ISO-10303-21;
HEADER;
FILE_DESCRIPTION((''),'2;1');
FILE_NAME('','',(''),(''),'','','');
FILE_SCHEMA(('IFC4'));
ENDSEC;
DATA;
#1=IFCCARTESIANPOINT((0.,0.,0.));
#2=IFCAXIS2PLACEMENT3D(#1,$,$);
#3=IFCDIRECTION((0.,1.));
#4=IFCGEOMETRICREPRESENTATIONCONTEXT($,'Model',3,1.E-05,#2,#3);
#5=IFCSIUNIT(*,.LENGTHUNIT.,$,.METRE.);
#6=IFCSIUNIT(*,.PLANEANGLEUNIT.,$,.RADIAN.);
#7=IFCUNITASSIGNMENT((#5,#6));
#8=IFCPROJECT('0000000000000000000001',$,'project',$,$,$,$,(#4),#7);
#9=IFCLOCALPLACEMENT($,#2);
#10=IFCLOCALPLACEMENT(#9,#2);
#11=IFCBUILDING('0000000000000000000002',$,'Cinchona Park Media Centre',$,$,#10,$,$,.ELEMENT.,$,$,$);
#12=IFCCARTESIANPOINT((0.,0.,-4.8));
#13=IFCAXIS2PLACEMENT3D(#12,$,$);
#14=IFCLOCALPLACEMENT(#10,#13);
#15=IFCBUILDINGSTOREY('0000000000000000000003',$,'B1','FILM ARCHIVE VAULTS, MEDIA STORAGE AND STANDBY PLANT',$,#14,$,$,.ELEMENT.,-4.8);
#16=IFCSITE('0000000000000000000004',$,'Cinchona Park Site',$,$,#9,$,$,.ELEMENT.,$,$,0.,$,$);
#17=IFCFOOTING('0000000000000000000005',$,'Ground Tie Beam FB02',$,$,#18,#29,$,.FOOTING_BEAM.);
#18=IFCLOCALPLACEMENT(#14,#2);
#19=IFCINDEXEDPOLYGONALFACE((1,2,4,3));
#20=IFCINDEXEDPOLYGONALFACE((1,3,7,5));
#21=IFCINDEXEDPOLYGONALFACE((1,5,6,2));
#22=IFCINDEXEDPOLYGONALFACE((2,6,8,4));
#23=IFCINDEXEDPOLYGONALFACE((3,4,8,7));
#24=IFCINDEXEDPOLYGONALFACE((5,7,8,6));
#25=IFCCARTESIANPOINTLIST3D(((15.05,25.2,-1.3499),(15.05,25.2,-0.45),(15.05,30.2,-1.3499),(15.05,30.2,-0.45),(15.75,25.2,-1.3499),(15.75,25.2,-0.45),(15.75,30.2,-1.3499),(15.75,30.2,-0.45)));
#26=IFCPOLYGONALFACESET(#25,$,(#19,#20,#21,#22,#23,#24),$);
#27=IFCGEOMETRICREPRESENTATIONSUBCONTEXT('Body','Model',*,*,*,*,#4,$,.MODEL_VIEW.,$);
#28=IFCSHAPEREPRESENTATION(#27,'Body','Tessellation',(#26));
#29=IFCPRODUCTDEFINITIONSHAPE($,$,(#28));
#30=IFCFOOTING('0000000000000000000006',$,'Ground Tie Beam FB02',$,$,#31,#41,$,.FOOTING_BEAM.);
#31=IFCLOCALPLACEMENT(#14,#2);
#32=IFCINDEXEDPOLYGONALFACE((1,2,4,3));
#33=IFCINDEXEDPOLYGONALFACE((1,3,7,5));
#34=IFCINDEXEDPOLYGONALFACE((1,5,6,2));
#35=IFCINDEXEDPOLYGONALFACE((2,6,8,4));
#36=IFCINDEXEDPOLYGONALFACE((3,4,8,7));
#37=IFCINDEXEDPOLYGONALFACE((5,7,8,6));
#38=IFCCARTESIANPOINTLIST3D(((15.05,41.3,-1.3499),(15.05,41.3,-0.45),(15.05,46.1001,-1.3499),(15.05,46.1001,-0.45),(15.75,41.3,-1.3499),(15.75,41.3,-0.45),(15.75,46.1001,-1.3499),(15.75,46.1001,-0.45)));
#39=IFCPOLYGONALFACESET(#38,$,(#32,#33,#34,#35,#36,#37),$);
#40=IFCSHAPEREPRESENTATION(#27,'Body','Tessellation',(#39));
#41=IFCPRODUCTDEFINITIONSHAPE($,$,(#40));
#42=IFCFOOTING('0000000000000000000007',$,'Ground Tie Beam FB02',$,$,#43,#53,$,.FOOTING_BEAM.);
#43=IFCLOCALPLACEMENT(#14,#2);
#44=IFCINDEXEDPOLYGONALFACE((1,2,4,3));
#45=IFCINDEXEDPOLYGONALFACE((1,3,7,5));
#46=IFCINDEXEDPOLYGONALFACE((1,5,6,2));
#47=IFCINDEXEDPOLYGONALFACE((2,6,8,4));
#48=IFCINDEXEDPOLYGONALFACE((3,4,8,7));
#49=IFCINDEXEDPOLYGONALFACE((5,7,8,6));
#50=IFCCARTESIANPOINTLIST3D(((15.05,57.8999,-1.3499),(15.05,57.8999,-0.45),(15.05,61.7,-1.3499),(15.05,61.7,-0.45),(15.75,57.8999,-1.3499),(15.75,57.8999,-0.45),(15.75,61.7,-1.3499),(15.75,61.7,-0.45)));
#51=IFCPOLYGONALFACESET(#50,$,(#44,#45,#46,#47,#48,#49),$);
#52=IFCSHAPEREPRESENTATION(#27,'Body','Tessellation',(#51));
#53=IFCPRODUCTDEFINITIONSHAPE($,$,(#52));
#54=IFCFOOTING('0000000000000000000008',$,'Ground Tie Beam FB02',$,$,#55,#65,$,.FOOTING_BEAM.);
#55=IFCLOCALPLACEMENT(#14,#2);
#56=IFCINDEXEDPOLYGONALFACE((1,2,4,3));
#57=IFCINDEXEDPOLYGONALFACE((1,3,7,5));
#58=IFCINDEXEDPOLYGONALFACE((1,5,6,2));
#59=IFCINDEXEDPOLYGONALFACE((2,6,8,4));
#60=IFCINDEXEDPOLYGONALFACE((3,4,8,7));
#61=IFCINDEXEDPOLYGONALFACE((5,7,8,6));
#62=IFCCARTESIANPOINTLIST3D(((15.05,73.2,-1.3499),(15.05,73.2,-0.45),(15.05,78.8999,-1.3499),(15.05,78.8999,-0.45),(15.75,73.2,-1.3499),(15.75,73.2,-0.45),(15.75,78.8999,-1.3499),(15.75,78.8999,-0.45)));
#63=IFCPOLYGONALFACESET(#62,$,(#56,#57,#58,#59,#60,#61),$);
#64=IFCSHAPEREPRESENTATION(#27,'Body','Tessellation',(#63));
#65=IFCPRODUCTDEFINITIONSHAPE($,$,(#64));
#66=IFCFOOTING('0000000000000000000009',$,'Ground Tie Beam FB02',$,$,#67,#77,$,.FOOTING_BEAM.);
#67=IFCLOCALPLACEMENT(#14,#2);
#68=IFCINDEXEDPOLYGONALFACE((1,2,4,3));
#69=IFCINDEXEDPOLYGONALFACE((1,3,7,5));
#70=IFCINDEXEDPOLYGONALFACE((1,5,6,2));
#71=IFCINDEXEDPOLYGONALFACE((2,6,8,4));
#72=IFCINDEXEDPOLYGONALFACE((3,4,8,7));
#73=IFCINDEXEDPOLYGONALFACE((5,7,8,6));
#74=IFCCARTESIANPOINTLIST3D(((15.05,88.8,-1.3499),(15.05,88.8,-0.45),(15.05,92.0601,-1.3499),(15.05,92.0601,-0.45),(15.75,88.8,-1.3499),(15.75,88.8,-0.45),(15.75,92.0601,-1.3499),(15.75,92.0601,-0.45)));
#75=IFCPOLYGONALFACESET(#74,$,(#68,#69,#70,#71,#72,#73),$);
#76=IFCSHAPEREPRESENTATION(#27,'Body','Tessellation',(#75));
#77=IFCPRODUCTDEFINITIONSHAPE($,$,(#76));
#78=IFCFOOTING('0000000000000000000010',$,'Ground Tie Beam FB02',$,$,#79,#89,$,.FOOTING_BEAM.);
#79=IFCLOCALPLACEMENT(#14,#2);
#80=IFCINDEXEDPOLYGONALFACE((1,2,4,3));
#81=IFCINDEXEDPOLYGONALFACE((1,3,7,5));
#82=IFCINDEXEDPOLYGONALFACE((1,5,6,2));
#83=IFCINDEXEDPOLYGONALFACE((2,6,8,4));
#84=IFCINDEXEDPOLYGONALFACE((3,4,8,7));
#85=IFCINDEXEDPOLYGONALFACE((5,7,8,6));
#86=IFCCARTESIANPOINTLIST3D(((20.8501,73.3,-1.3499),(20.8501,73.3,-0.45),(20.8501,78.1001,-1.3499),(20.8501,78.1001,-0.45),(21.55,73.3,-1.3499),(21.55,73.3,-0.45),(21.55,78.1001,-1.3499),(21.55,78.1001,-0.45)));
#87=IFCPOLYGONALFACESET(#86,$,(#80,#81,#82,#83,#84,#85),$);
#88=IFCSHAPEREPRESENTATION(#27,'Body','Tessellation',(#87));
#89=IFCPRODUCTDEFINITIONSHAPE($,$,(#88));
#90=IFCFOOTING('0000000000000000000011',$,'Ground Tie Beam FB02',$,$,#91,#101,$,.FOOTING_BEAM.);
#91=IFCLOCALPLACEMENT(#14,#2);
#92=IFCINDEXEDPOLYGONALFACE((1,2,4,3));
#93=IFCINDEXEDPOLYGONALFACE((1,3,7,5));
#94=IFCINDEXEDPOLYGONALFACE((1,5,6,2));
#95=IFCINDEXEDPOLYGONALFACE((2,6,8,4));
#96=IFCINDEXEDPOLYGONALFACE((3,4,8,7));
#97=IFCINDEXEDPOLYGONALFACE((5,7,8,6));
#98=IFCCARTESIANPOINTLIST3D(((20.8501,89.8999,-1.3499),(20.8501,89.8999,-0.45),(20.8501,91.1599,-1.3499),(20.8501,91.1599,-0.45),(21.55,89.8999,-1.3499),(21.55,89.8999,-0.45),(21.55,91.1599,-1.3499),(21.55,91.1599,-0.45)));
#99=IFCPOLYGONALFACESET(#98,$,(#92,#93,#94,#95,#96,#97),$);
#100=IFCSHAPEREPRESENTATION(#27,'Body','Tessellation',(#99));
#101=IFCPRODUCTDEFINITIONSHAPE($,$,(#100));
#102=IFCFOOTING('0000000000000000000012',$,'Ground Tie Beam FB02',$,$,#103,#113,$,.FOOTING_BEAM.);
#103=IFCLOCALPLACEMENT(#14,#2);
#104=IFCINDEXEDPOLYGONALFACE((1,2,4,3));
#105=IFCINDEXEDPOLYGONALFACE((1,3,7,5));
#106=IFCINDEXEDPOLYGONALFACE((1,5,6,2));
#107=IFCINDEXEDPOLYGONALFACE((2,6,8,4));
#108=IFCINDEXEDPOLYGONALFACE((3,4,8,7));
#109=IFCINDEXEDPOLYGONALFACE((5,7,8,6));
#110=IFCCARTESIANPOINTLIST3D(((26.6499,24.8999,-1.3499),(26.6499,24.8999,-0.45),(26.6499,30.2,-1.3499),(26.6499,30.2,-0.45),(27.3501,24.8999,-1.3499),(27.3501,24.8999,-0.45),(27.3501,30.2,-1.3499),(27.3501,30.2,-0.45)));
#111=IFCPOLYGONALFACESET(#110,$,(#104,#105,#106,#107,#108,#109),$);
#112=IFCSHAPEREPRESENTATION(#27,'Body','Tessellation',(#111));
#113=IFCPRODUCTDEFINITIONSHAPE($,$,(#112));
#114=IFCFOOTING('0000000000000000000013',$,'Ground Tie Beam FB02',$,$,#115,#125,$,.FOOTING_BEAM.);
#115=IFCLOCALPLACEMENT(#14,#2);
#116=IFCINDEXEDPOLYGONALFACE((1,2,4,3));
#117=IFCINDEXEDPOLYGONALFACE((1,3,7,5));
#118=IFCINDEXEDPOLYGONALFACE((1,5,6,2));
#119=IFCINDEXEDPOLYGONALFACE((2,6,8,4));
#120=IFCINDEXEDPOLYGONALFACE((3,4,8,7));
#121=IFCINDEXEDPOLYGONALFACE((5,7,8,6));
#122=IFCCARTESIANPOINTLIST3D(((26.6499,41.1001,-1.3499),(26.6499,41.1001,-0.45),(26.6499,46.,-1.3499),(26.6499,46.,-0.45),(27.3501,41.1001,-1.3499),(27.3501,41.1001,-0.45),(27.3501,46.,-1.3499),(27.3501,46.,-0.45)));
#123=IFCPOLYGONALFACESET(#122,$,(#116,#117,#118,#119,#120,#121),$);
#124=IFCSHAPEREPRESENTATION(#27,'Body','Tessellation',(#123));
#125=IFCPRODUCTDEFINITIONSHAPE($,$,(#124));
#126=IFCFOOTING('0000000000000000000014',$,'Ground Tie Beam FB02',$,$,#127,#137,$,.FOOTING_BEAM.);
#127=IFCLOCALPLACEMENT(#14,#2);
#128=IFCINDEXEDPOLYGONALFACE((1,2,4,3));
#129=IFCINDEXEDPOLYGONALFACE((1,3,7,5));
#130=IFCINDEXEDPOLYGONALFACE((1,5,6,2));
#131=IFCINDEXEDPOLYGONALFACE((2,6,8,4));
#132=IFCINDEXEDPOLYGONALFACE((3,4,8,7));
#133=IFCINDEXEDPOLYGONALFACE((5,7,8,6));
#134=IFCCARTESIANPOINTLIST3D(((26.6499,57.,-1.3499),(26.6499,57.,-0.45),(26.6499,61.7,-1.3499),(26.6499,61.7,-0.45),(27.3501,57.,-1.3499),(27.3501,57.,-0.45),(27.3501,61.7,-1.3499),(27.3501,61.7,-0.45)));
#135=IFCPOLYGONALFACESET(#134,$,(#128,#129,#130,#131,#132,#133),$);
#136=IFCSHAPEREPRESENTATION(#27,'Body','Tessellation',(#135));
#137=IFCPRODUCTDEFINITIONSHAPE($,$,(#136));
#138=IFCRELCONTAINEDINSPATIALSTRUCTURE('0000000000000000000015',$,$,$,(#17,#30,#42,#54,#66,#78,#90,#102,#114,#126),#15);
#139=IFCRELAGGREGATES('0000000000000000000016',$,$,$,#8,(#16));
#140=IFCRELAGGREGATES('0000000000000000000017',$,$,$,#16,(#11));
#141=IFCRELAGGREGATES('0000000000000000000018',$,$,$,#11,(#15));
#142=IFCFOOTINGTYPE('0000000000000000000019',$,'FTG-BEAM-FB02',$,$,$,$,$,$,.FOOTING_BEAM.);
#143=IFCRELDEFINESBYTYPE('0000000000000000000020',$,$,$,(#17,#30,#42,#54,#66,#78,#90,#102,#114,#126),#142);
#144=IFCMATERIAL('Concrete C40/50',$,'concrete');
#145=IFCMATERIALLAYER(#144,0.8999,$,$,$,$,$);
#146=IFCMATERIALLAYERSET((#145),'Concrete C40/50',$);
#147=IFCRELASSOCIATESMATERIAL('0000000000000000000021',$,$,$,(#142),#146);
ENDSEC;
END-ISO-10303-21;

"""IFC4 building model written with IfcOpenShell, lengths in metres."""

from ifc_helpers import new_model, si_unit, direction, frame, origin, place, context, subcontext, project, spatial, polyline, outline, extrude, material, layer, layer_set, type_object, element, save


model = new_model("IFC4")

# Units and contexts
model_context = context("Model", 3, precision=1e-05, world=origin(), true_north=direction((0.0, 1.0)))
body_context = subcontext(model_context, "Body", "Model", "MODEL_VIEW")
ifc_project = project(units=[si_unit("LENGTHUNIT", "METRE"), si_unit("PLANEANGLEUNIT", "RADIAN")], contexts=[model_context])

# Site, building, storey
site_placement = place(None, origin())
site = spatial("IfcSite", under=ifc_project, at=site_placement, Name="Cinchona Park Site", CompositionType="ELEMENT", RefElevation=0.0)
building_placement = place(site_placement, origin())
building = spatial("IfcBuilding", under=site, at=building_placement, Name="Cinchona Park Media Centre", CompositionType="ELEMENT")
storey_placement = place(building_placement, frame((0.0, 0.0, -4.8)))
storey = spatial("IfcBuildingStorey", under=building, at=storey_placement, Name="B1", Description="FILM ARCHIVE VAULTS, MEDIA STORAGE AND STANDBY PLANT", CompositionType="ELEMENT", Elevation=-4.8)

# Footings
ifc_material = material(Name="Concrete C40/50", Category="concrete")
ifc_layer = layer(ifc_material, 0.8999)
ifc_layer_set = layer_set([ifc_layer], Name="Concrete C40/50")
footing_type = type_object("IfcFootingType", Name="FTG-BEAM-FB02", PredefinedType="FOOTING_BEAM", material=ifc_layer_set)
footing_1_placement = place(storey_placement, frame((0.0, 0.0, -1.3499)))
element("IfcFooting", 1, at=footing_1_placement, inside=storey, type_object=footing_type, Name="Ground Tie Beam FB02", PredefinedType="FOOTING_BEAM", context=body_context, shape_type="SweptSolid", body=[
    extrude(outline(polyline([(15.05, 25.2), (15.75, 25.2), (15.75, 30.2), (15.05, 30.2), (15.05, 25.2)])), origin(), (0.0, 0.0, 1.0), 0.8999),
])
footing_2_placement = place(storey_placement, frame((0.0, 0.0, -1.3499)))
element("IfcFooting", 2, at=footing_2_placement, inside=storey, type_object=footing_type, Name="Ground Tie Beam FB02", PredefinedType="FOOTING_BEAM", context=body_context, shape_type="SweptSolid", body=[
    extrude(outline(polyline([(15.05, 41.3), (15.75, 41.3), (15.75, 46.1001), (15.05, 46.1001), (15.05, 41.3)])), origin(), (0.0, 0.0, 1.0), 0.8999),
])
footing_3_placement = place(storey_placement, frame((0.0, 0.0, -1.3499)))
element("IfcFooting", 3, at=footing_3_placement, inside=storey, type_object=footing_type, Name="Ground Tie Beam FB02", PredefinedType="FOOTING_BEAM", context=body_context, shape_type="SweptSolid", body=[
    extrude(outline(polyline([(15.05, 57.8999), (15.75, 57.8999), (15.75, 61.7), (15.05, 61.7), (15.05, 57.8999)])), origin(), (0.0, 0.0, 1.0), 0.8999),
])
footing_4_placement = place(storey_placement, frame((0.0, 0.0, -1.3499)))
element("IfcFooting", 4, at=footing_4_placement, inside=storey, type_object=footing_type, Name="Ground Tie Beam FB02", PredefinedType="FOOTING_BEAM", context=body_context, shape_type="SweptSolid", body=[
    extrude(outline(polyline([(15.05, 73.2), (15.75, 73.2), (15.75, 78.8999), (15.05, 78.8999), (15.05, 73.2)])), origin(), (0.0, 0.0, 1.0), 0.8999),
])
footing_5_placement = place(storey_placement, frame((0.0, 0.0, -1.3499)))
element("IfcFooting", 5, at=footing_5_placement, inside=storey, type_object=footing_type, Name="Ground Tie Beam FB02", PredefinedType="FOOTING_BEAM", context=body_context, shape_type="SweptSolid", body=[
    extrude(outline(polyline([(15.05, 88.8), (15.75, 88.8), (15.75, 92.0601), (15.05, 92.0601), (15.05, 88.8)])), origin(), (0.0, 0.0, 1.0), 0.8999),
])
footing_6_placement = place(storey_placement, frame((0.0, 0.0, -1.3499)))
element("IfcFooting", 6, at=footing_6_placement, inside=storey, type_object=footing_type, Name="Ground Tie Beam FB02", PredefinedType="FOOTING_BEAM", context=body_context, shape_type="SweptSolid", body=[
    extrude(outline(polyline([(20.8501, 73.3), (21.55, 73.3), (21.55, 78.1001), (20.8501, 78.1001), (20.8501, 73.3)])), origin(), (0.0, 0.0, 1.0), 0.8999),
])
footing_7_placement = place(storey_placement, frame((0.0, 0.0, -1.3499)))
element("IfcFooting", 7, at=footing_7_placement, inside=storey, type_object=footing_type, Name="Ground Tie Beam FB02", PredefinedType="FOOTING_BEAM", context=body_context, shape_type="SweptSolid", body=[
    extrude(outline(polyline([(20.8501, 89.8999), (21.55, 89.8999), (21.55, 91.1599), (20.8501, 91.1599), (20.8501, 89.8999)])), origin(), (0.0, 0.0, 1.0), 0.8999),
])
footing_8_placement = place(storey_placement, frame((0.0, 0.0, -1.3499)))
element("IfcFooting", 8, at=footing_8_placement, inside=storey, type_object=footing_type, Name="Ground Tie Beam FB02", PredefinedType="FOOTING_BEAM", context=body_context, shape_type="SweptSolid", body=[
    extrude(outline(polyline([(26.6499, 24.8999), (27.3501, 24.8999), (27.3501, 30.2), (26.6499, 30.2), (26.6499, 24.8999)])), origin(), (0.0, 0.0, 1.0), 0.8999),
])
footing_9_placement = place(storey_placement, frame((0.0, 0.0, -1.3499)))
element("IfcFooting", 9, at=footing_9_placement, inside=storey, type_object=footing_type, Name="Ground Tie Beam FB02", PredefinedType="FOOTING_BEAM", context=body_context, shape_type="SweptSolid", body=[
    extrude(outline(polyline([(26.6499, 41.1001), (27.3501, 41.1001), (27.3501, 46.0), (26.6499, 46.0), (26.6499, 41.1001)])), origin(), (0.0, 0.0, 1.0), 0.8999),
])
footing_10_placement = place(storey_placement, frame((0.0, 0.0, -1.3499)))
element("IfcFooting", 10, at=footing_10_placement, inside=storey, type_object=footing_type, Name="Ground Tie Beam FB02", PredefinedType="FOOTING_BEAM", context=body_context, shape_type="SweptSolid", body=[
    extrude(outline(polyline([(26.6499, 57.0), (27.3501, 57.0), (27.3501, 61.7), (26.6499, 61.7), (26.6499, 57.0)])), origin(), (0.0, 0.0, 1.0), 0.8999),
])

save(model, "model.ifc")
